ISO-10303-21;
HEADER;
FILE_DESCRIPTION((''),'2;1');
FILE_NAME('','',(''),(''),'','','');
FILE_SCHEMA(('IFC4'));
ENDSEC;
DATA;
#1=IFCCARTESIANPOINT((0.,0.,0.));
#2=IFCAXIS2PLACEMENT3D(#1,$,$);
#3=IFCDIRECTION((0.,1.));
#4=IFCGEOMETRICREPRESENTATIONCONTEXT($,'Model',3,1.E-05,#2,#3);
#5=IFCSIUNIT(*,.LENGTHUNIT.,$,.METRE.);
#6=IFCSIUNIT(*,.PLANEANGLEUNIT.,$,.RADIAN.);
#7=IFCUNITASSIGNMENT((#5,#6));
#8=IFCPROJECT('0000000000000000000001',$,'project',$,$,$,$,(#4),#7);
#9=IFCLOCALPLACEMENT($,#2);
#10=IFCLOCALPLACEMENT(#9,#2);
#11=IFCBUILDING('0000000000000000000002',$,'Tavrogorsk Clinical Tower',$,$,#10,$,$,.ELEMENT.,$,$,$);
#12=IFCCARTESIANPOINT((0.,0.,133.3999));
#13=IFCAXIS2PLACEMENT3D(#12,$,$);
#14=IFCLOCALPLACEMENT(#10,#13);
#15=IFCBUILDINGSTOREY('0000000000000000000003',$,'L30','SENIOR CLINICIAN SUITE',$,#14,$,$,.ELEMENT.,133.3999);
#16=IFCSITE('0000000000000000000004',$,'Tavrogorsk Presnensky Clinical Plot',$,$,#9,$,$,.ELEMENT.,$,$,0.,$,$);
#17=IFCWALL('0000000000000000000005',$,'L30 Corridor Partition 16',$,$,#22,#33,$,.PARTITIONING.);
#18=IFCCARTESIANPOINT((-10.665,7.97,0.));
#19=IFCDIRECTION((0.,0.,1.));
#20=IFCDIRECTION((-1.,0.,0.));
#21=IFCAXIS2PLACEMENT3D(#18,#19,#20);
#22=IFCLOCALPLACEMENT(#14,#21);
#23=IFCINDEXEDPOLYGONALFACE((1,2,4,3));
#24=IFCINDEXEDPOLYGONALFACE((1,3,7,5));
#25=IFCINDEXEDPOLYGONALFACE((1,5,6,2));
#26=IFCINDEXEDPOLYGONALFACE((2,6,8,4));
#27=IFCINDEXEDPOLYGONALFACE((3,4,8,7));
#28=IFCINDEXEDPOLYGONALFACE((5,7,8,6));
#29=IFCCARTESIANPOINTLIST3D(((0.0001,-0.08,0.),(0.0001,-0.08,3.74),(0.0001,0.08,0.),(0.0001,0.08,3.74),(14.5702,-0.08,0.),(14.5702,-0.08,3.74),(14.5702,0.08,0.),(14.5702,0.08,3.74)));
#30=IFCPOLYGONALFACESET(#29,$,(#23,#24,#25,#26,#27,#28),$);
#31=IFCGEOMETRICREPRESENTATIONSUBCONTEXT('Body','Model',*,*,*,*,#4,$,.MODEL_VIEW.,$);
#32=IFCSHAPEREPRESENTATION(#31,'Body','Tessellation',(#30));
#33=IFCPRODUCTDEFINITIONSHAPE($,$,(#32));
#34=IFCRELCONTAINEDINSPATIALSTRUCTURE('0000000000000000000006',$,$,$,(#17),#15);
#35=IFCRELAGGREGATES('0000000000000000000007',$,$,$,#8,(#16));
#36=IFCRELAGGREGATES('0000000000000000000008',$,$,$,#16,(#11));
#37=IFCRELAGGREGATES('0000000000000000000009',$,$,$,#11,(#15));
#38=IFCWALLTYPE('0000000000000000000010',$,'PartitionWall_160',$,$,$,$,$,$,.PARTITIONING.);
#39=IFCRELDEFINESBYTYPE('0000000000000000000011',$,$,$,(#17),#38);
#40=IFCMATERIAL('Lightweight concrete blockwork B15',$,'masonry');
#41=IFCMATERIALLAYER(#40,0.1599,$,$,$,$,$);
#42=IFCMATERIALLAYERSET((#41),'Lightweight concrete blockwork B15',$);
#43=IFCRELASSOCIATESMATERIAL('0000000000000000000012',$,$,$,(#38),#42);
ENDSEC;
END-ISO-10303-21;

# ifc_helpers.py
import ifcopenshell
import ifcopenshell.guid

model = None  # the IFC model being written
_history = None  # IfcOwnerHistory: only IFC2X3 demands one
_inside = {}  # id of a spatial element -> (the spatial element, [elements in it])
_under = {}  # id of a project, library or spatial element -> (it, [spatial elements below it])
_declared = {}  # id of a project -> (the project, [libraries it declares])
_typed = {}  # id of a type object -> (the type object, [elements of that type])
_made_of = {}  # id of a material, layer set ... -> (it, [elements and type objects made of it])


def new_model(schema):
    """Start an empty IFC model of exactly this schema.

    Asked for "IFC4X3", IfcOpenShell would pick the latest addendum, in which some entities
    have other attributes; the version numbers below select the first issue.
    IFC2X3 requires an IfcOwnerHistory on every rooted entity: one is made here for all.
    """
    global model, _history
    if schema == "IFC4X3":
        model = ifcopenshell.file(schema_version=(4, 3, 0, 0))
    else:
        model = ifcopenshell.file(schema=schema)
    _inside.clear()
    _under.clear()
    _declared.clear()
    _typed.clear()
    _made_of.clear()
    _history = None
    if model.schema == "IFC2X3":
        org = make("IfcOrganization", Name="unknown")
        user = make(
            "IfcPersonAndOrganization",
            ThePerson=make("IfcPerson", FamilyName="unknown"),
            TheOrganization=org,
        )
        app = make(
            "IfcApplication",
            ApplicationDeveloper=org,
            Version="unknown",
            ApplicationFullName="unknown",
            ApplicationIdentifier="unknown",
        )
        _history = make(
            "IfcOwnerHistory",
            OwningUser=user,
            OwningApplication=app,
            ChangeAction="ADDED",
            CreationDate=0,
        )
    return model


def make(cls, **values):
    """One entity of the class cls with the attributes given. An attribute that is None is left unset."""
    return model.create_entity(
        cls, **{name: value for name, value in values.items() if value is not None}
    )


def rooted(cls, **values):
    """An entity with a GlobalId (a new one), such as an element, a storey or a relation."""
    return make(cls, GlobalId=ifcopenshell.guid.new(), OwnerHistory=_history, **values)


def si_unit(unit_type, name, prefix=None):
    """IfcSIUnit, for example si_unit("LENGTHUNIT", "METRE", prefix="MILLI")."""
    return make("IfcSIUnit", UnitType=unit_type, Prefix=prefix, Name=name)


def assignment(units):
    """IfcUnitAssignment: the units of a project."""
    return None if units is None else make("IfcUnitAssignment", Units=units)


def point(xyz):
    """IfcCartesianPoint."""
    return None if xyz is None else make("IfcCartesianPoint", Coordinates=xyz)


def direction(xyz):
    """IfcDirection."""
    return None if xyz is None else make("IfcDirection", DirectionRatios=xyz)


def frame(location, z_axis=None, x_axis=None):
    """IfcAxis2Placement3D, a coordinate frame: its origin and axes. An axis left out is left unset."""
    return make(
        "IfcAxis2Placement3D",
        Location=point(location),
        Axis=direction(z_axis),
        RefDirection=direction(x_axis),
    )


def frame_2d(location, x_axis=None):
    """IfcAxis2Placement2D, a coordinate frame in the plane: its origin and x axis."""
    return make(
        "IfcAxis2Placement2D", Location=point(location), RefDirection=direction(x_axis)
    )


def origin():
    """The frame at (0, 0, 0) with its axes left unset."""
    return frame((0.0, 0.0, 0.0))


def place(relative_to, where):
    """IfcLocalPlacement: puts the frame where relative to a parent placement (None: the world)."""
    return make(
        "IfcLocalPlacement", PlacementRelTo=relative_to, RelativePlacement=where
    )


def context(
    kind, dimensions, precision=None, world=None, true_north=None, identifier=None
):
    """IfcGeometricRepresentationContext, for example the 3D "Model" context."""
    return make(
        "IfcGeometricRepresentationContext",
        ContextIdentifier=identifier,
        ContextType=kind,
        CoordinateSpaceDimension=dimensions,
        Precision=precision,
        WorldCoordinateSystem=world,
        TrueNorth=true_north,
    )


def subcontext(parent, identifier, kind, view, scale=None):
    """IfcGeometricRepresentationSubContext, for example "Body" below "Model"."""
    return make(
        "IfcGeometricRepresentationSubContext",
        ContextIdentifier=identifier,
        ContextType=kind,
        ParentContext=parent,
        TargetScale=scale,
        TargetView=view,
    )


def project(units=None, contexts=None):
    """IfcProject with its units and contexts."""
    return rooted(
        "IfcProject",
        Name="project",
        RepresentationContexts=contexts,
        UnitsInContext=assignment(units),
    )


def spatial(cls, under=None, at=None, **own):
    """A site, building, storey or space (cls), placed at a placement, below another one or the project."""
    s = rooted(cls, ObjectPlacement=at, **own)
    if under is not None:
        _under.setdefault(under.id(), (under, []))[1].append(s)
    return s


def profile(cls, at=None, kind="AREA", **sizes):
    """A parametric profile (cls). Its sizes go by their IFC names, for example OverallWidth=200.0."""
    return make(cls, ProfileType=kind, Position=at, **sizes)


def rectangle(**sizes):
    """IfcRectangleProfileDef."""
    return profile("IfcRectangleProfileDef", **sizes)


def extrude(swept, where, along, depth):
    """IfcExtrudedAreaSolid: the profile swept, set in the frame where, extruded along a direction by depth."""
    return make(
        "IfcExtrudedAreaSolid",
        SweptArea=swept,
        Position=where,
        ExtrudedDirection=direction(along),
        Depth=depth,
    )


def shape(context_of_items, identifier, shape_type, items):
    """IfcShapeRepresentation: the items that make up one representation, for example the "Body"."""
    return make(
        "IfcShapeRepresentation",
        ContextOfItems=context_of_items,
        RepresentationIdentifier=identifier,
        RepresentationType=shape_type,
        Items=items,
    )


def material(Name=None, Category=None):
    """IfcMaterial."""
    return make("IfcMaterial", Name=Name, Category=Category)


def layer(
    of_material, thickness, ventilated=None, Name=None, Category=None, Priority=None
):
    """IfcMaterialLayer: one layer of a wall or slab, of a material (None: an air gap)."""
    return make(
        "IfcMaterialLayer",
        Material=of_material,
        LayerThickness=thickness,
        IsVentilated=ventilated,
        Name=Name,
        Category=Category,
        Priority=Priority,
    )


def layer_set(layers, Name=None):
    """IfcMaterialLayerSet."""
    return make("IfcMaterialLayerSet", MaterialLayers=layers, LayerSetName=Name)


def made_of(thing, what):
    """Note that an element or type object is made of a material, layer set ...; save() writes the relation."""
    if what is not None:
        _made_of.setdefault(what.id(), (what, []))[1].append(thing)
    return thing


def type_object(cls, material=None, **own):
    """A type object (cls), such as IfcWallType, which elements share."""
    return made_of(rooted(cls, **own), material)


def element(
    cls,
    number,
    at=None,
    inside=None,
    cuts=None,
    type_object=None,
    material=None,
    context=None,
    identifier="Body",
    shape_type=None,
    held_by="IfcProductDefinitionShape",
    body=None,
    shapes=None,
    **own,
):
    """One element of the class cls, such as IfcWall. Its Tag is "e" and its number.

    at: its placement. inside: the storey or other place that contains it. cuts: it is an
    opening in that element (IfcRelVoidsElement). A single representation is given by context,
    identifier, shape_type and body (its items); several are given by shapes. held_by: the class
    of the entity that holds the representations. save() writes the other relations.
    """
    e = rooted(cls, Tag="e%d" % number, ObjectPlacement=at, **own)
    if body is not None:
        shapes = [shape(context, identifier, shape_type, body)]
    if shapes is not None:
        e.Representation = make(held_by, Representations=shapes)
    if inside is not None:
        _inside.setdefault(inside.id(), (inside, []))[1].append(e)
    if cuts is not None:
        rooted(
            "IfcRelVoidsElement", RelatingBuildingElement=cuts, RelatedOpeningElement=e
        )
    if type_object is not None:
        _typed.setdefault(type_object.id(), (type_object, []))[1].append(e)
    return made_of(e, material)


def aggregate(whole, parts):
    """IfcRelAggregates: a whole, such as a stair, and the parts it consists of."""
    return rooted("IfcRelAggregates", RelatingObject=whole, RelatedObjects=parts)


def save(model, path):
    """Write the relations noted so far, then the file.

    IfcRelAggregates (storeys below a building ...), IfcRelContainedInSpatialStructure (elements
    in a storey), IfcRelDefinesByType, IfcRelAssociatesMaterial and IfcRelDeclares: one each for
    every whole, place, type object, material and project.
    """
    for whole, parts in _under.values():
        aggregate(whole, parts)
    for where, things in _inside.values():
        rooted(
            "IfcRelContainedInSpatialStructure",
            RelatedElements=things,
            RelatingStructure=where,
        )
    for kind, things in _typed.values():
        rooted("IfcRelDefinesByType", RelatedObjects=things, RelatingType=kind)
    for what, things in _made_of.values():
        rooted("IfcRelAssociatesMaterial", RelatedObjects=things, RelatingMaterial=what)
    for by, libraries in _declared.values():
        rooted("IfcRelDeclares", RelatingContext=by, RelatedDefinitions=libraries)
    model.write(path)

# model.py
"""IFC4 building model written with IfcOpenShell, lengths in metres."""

from ifc_helpers import new_model, si_unit, direction, frame, frame_2d, origin, place, context, subcontext, project, spatial, rectangle, extrude, material, layer, layer_set, type_object, element, save


model = new_model("IFC4")

# Units and contexts
model_context = context("Model", 3, precision=1e-05, world=origin(), true_north=direction((0.0, 1.0)))
body_context = subcontext(model_context, "Body", "Model", "MODEL_VIEW")
ifc_project = project(units=[si_unit("LENGTHUNIT", "METRE"), si_unit("PLANEANGLEUNIT", "RADIAN")], contexts=[model_context])

# Site, building, storey
site_placement = place(None, origin())
site = spatial("IfcSite", under=ifc_project, at=site_placement, Name="Tavrogorsk Presnensky Clinical Plot", CompositionType="ELEMENT", RefElevation=0.0)
building_placement = place(site_placement, origin())
building = spatial("IfcBuilding", under=site, at=building_placement, Name="Tavrogorsk Clinical Tower", CompositionType="ELEMENT")
storey_placement = place(building_placement, frame((0.0, 0.0, 133.3999)))
storey = spatial("IfcBuildingStorey", under=building, at=storey_placement, Name="L30", Description="SENIOR CLINICIAN SUITE", CompositionType="ELEMENT", Elevation=133.3999)

# Shared definitions
ifc_material_1 = material(Name="Lightweight concrete blockwork B15", Category="masonry")
ifc_layer_1 = layer(ifc_material_1, 0.1599)
ifc_layer_set_1 = layer_set([ifc_layer_1], Name="Lightweight concrete blockwork B15")
wall_type_1 = type_object("IfcWallType", Name="PartitionWall_160", PredefinedType="PARTITIONING", material=ifc_layer_set_1)

# Wall
wall_1_placement = place(storey_placement, frame((-10.665, 7.97, 0.0), z_axis=(0.0, 0.0, 1.0), x_axis=(-1.0, 0.0, 0.0)))
element("IfcWall", 1, at=wall_1_placement, inside=storey, type_object=wall_type_1, Name="L30 Corridor Partition 16", PredefinedType="PARTITIONING", context=body_context, shape_type="SweptSolid", body=[
    extrude(rectangle(XDim=14.5701, YDim=0.1599, at=frame_2d((7.2852, 0.0))), origin(), (0.0, 0.0, 1.0), 3.74),
])

save(model, "model.ifc")
